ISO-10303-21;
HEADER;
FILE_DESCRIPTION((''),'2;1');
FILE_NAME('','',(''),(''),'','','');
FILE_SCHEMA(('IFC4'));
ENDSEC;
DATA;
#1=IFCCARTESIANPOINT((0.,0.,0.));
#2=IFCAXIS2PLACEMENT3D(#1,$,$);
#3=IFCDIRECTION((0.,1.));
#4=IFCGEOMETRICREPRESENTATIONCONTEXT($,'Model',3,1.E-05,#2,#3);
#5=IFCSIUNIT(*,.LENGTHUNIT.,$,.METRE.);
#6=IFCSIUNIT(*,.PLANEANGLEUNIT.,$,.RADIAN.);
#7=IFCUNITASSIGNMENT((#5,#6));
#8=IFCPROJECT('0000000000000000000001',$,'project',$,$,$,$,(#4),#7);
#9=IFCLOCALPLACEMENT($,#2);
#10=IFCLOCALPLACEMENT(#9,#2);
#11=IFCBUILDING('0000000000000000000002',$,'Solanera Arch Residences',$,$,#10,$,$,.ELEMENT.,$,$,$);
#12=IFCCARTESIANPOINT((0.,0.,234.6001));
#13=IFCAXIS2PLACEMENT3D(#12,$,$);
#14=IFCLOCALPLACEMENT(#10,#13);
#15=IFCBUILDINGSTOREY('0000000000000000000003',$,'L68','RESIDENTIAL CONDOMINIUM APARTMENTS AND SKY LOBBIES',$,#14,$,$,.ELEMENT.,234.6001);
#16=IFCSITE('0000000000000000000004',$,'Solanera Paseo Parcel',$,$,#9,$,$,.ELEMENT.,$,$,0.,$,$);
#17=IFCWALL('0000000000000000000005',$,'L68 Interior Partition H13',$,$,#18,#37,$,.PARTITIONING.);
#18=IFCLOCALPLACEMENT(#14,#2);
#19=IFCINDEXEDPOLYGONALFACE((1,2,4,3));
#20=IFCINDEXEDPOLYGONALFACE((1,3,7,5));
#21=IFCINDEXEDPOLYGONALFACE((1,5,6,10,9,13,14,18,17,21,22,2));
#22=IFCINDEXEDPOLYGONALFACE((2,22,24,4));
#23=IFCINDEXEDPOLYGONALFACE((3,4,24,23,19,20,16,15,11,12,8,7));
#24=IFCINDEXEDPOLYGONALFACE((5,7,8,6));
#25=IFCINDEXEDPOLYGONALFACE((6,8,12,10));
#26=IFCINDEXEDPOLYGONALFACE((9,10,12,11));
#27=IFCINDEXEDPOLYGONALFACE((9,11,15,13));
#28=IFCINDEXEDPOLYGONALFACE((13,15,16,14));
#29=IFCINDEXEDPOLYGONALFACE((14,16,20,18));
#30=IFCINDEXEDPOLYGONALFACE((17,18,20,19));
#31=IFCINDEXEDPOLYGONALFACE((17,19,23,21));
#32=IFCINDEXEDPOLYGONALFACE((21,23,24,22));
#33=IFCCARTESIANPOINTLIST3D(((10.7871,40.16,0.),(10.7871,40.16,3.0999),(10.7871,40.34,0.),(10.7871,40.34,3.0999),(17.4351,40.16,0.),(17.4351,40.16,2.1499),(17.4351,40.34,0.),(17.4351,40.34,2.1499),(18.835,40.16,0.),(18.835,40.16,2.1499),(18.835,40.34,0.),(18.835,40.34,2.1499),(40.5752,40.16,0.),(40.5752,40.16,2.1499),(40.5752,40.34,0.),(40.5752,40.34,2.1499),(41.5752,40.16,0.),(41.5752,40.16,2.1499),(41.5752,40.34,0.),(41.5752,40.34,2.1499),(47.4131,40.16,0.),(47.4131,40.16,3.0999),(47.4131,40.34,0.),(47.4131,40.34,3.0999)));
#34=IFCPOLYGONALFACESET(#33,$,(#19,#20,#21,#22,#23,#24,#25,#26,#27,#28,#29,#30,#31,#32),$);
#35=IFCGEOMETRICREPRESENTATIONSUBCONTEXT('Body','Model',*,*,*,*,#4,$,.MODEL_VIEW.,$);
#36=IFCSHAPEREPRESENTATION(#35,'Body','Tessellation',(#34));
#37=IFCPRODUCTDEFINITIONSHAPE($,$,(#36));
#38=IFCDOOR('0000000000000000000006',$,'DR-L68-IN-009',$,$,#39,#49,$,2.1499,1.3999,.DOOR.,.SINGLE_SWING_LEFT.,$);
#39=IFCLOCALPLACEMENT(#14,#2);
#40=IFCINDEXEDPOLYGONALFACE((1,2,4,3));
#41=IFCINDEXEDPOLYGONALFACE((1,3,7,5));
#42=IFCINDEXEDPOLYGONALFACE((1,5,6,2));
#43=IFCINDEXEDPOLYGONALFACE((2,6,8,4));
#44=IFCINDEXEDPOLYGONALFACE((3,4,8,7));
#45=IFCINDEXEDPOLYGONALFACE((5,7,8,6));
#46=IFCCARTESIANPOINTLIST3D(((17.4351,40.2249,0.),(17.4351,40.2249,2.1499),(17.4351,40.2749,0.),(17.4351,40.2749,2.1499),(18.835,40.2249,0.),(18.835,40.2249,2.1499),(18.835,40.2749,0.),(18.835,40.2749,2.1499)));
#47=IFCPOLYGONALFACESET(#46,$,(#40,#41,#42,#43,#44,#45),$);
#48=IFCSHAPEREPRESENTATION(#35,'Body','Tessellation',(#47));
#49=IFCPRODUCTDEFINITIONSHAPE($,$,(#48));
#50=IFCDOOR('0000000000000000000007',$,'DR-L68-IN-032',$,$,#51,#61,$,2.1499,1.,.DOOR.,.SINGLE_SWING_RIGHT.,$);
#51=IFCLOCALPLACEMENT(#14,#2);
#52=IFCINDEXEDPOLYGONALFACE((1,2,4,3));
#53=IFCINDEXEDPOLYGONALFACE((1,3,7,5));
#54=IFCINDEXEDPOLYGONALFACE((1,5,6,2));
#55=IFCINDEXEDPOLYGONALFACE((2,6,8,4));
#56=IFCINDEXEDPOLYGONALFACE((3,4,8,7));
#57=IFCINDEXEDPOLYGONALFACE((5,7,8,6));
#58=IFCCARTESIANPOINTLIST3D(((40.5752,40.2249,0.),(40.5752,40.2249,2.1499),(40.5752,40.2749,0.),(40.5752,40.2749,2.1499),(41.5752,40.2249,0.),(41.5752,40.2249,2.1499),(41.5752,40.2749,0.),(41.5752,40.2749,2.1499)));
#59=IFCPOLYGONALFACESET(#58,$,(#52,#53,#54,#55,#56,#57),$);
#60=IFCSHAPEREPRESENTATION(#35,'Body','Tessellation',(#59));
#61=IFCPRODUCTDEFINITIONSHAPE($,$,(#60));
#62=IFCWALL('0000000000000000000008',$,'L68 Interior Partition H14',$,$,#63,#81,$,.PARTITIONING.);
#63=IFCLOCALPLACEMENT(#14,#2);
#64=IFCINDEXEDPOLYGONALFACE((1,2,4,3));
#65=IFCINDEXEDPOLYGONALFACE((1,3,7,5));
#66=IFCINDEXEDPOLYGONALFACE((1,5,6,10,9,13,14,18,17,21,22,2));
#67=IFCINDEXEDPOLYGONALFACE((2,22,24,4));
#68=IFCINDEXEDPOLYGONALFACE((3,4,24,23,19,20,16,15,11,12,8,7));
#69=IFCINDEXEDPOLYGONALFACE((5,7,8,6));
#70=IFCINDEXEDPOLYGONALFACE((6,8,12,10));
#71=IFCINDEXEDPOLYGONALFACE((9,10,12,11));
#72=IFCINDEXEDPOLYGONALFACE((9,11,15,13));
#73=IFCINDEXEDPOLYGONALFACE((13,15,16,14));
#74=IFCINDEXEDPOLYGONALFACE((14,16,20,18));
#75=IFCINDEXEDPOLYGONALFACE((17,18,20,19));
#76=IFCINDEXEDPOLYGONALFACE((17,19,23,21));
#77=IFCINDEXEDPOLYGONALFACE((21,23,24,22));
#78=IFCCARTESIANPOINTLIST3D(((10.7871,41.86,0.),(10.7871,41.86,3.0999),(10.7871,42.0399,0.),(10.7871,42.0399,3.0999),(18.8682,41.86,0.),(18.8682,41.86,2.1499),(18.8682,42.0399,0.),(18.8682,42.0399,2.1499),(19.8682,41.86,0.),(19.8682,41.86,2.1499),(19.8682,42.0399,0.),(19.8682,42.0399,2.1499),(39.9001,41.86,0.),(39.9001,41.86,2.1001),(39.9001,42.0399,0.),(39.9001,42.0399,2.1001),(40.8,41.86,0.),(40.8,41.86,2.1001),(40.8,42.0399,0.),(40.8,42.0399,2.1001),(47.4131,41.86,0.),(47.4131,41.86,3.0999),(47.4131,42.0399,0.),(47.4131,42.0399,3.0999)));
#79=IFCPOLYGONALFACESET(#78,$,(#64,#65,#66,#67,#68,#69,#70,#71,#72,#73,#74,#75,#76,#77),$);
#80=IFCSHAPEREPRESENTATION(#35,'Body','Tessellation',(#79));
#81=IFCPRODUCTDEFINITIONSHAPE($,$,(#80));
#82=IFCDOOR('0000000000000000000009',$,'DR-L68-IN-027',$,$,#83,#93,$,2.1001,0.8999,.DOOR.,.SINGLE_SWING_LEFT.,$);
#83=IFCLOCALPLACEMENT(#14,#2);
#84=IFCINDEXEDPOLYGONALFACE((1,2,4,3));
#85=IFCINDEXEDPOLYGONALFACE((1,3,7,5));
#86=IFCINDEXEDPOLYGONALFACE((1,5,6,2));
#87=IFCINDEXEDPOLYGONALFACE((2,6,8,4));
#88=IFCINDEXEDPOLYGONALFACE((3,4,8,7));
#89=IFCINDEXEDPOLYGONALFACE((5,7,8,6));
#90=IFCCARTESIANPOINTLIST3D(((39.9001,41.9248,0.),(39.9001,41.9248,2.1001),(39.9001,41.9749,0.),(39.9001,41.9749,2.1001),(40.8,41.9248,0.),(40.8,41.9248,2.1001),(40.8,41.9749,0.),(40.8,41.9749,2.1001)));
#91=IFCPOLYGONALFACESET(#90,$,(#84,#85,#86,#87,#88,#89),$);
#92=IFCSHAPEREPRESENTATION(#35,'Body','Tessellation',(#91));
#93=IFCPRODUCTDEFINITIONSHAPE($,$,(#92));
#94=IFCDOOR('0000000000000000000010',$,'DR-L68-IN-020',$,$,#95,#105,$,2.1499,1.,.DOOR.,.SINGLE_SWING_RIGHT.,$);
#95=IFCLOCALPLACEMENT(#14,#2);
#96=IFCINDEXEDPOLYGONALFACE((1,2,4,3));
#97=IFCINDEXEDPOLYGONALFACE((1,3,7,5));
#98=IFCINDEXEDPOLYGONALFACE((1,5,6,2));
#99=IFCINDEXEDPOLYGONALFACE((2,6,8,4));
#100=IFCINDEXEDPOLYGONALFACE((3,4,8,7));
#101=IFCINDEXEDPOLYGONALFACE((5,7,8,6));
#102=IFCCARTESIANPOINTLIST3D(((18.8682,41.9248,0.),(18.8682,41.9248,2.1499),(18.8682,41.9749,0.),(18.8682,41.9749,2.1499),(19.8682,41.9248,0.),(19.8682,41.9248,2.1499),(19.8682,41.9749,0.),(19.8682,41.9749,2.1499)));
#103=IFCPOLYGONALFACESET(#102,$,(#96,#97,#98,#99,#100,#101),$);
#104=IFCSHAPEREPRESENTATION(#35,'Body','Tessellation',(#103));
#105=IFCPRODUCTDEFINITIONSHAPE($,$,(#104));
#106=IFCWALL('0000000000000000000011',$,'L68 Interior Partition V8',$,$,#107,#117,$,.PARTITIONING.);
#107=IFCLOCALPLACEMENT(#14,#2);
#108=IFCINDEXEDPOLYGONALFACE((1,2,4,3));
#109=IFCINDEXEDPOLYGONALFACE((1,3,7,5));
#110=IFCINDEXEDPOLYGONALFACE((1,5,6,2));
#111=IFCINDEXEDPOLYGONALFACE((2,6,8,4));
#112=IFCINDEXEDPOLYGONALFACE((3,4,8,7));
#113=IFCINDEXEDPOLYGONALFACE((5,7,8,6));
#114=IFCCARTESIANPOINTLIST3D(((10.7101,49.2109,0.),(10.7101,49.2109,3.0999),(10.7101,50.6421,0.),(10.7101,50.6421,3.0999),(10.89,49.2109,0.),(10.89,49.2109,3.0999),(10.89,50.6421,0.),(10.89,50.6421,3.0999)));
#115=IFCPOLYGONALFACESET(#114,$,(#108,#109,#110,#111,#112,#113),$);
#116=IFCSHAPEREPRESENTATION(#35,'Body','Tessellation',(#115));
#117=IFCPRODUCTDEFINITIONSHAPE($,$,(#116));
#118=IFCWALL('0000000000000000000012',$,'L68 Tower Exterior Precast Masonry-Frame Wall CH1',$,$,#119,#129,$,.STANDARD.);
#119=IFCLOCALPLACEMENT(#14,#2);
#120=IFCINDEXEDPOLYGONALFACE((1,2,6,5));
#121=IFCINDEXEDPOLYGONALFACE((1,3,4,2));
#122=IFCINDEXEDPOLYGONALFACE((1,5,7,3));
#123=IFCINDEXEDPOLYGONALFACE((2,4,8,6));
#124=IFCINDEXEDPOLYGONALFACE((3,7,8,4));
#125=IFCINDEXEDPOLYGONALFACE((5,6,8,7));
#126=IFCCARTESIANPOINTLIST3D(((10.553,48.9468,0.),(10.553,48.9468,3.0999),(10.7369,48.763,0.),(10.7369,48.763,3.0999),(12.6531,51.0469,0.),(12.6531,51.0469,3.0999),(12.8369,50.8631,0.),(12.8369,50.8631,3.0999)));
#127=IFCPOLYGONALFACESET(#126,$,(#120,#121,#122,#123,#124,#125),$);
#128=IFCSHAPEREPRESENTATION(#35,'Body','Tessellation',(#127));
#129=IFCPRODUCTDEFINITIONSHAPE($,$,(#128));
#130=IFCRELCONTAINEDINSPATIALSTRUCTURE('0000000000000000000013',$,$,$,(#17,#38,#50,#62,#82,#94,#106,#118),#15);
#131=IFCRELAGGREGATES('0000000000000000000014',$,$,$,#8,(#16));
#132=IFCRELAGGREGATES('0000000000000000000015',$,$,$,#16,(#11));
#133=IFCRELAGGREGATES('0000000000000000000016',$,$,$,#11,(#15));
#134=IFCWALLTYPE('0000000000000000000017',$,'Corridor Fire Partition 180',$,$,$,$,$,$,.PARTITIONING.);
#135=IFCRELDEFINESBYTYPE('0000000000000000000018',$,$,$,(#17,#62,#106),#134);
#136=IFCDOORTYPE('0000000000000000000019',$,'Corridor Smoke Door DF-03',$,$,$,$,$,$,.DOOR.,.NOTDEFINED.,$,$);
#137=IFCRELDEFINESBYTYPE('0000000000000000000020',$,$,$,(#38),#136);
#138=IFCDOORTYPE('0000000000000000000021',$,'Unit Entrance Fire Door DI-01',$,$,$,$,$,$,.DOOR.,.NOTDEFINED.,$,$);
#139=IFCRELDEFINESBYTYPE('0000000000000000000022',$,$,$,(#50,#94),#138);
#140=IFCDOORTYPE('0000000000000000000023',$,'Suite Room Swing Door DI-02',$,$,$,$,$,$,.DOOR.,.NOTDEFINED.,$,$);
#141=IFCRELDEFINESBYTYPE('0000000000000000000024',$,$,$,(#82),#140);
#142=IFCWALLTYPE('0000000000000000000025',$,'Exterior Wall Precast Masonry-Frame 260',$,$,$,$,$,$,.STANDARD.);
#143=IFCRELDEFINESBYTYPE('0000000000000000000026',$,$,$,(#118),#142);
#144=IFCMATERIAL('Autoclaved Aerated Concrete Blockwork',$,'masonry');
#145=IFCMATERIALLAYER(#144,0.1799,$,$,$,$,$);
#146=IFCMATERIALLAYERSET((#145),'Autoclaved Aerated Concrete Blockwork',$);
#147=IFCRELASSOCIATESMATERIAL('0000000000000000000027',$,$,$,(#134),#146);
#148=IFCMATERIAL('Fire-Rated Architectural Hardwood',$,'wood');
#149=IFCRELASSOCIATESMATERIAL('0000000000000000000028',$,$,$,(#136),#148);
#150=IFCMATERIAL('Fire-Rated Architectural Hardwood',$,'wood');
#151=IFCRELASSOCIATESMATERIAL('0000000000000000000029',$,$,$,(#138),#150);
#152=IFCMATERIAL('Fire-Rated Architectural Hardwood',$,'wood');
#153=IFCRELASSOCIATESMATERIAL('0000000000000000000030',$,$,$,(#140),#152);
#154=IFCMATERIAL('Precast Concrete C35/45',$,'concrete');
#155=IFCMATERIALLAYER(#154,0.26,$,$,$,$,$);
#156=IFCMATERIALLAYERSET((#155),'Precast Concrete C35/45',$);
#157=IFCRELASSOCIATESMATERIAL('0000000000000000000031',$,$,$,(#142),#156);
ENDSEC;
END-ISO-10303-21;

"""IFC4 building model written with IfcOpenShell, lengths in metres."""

from ifc_helpers import new_model, si_unit, direction, frame, frame_2d, origin, place, context, subcontext, project, spatial, rectangle, extrude, material, layer, layer_set, type_object, element, fill, save


model = new_model("IFC4")

# Units and contexts
model_context = context("Model", 3, precision=1e-05, world=origin(), true_north=direction((0.0, 1.0)))
body_context = subcontext(model_context, "Body", "Model", "MODEL_VIEW")
ifc_project = project(units=[si_unit("LENGTHUNIT", "METRE"), si_unit("PLANEANGLEUNIT", "RADIAN")], contexts=[model_context])

# Site, building, storey
site_placement = place(None, origin())
site = spatial("IfcSite", under=ifc_project, at=site_placement, Name="Solanera Paseo Parcel", CompositionType="ELEMENT", RefElevation=0.0)
building_placement = place(site_placement, origin())
building = spatial("IfcBuilding", under=site, at=building_placement, Name="Solanera Arch Residences", CompositionType="ELEMENT")
storey_placement = place(building_placement, frame((0.0, 0.0, 234.6001)))
storey = spatial("IfcBuildingStorey", under=building, at=storey_placement, Name="L68", Description="RESIDENTIAL CONDOMINIUM APARTMENTS AND SKY LOBBIES", CompositionType="ELEMENT", Elevation=234.6001)

# Walls, openings, doors
ifc_material_1 = material(Name="Autoclaved Aerated Concrete Blockwork", Category="masonry")
ifc_layer_1 = layer(ifc_material_1, 0.1799)
ifc_layer_set_1 = layer_set([ifc_layer_1], Name="Autoclaved Aerated Concrete Blockwork")
wall_type_1 = type_object("IfcWallType", Name="Corridor Fire Partition 180", PredefinedType="PARTITIONING", material=ifc_layer_set_1)
wall_1_placement = place(storey_placement, frame((10.7871, 40.25, 0.0), z_axis=(0.0, 0.0, 1.0), x_axis=(1.0, 0.0, 0.0)))
wall_1 = element("IfcWall", 1, at=wall_1_placement, inside=storey, type_object=wall_type_1, Name="L68 Interior Partition H13", PredefinedType="PARTITIONING", context=body_context, shape_type="SweptSolid", body=[
    extrude(rectangle(XDim=36.626, YDim=0.1799, at=frame_2d((18.313, 0.0))), origin(), (0.0, 0.0, 1.0), 3.0999),
])
opening_1_placement = place(wall_1_placement, frame((6.6479, 0.0, 0.0)))
opening_1 = element("IfcOpeningElement", 2, at=opening_1_placement, cuts=wall_1, PredefinedType="OPENING", context=body_context, shape_type="SweptSolid", body=[
    extrude(rectangle(XDim=1.3999, YDim=2.1499, at=frame_2d((0.7, 1.075))), frame((0.0, 0.1001, 0.0), z_axis=(0.0, -1.0, 0.0), x_axis=(1.0, 0.0, 0.0)), (0.0, 0.0, 1.0), 0.1999),
])
opening_2_placement = place(wall_1_placement, frame((29.7881, 0.0, 0.0)))
opening_2 = element("IfcOpeningElement", 3, at=opening_2_placement, cuts=wall_1, PredefinedType="OPENING", context=body_context, shape_type="SweptSolid", body=[
    extrude(rectangle(XDim=1.0, YDim=2.1499, at=frame_2d((0.5, 1.075))), frame((0.0, 0.1001, 0.0), z_axis=(0.0, -1.0, 0.0), x_axis=(1.0, 0.0, 0.0)), (0.0, 0.0, 1.0), 0.1999),
])
ifc_material_2 = material(Name="Fire-Rated Architectural Hardwood", Category="wood")
door_type_1 = type_object("IfcDoorType", Name="Corridor Smoke Door DF-03", OperationType="NOTDEFINED", PredefinedType="DOOR", material=ifc_material_2)
door_1_placement = place(opening_1_placement, origin())
door_1 = element("IfcDoor", 4, at=door_1_placement, inside=storey, type_object=door_type_1, Name="DR-L68-IN-009", OperationType="SINGLE_SWING_LEFT", OverallHeight=2.1499, OverallWidth=1.3999, PredefinedType="DOOR", context=body_context, shape_type="SweptSolid", body=[
    extrude(rectangle(XDim=1.3999, YDim=2.1499, at=frame_2d((0.7, 1.075))), frame((0.0, 0.0249, 0.0), z_axis=(0.0, -1.0, 0.0), x_axis=(1.0, 0.0, 0.0)), (0.0, 0.0, 1.0), 0.05),
])
fill(opening_1, door_1)
ifc_material_3 = material(Name="Fire-Rated Architectural Hardwood", Category="wood")
door_type_2 = type_object("IfcDoorType", Name="Unit Entrance Fire Door DI-01", OperationType="NOTDEFINED", PredefinedType="DOOR", material=ifc_material_3)
door_2_placement = place(opening_2_placement, origin())
door_2 = element("IfcDoor", 5, at=door_2_placement, inside=storey, type_object=door_type_2, Name="DR-L68-IN-032", OperationType="SINGLE_SWING_RIGHT", OverallHeight=2.1499, OverallWidth=1.0, PredefinedType="DOOR", context=body_context, shape_type="SweptSolid", body=[
    extrude(rectangle(XDim=1.0, YDim=2.1499, at=frame_2d((0.5, 1.075))), frame((0.0, 0.0249, 0.0), z_axis=(0.0, -1.0, 0.0), x_axis=(1.0, 0.0, 0.0)), (0.0, 0.0, 1.0), 0.05),
])
fill(opening_2, door_2)
wall_2_placement = place(storey_placement, frame((10.7871, 41.95, 0.0), z_axis=(0.0, 0.0, 1.0), x_axis=(1.0, 0.0, 0.0)))
wall_2 = element("IfcWall", 6, at=wall_2_placement, inside=storey, type_object=wall_type_1, Name="L68 Interior Partition H14", PredefinedType="PARTITIONING", context=body_context, shape_type="SweptSolid", body=[
    extrude(rectangle(XDim=36.626, YDim=0.1799, at=frame_2d((18.313, 0.0))), origin(), (0.0, 0.0, 1.0), 3.0999),
])
opening_3_placement = place(wall_2_placement, frame((8.0811, 0.0, 0.0)))
opening_3 = element("IfcOpeningElement", 7, at=opening_3_placement, cuts=wall_2, PredefinedType="OPENING", context=body_context, shape_type="SweptSolid", body=[
    extrude(rectangle(XDim=1.0, YDim=2.1499, at=frame_2d((0.5, 1.075))), frame((0.0, 0.1001, 0.0), z_axis=(0.0, -1.0, 0.0), x_axis=(1.0, 0.0, 0.0)), (0.0, 0.0, 1.0), 0.1999),
])
opening_4_placement = place(wall_2_placement, frame((29.113, 0.0, 0.0)))
opening_4 = element("IfcOpeningElement", 8, at=opening_4_placement, cuts=wall_2, PredefinedType="OPENING", context=body_context, shape_type="SweptSolid", body=[
    extrude(rectangle(XDim=0.8999, YDim=2.1001, at=frame_2d((0.45, 1.05))), frame((0.0, 0.1001, 0.0), z_axis=(0.0, -1.0, 0.0), x_axis=(1.0, 0.0, 0.0)), (0.0, 0.0, 1.0), 0.1999),
])
ifc_material_4 = material(Name="Fire-Rated Architectural Hardwood", Category="wood")
door_type_3 = type_object("IfcDoorType", Name="Suite Room Swing Door DI-02", OperationType="NOTDEFINED", PredefinedType="DOOR", material=ifc_material_4)
door_3_placement = place(opening_4_placement, origin())
door_3 = element("IfcDoor", 9, at=door_3_placement, inside=storey, type_object=door_type_3, Name="DR-L68-IN-027", OperationType="SINGLE_SWING_LEFT", OverallHeight=2.1001, OverallWidth=0.8999, PredefinedType="DOOR", context=body_context, shape_type="SweptSolid", body=[
    extrude(rectangle(XDim=0.8999, YDim=2.1001, at=frame_2d((0.45, 1.05))), frame((0.0, 0.0249, 0.0), z_axis=(0.0, -1.0, 0.0), x_axis=(1.0, 0.0, 0.0)), (0.0, 0.0, 1.0), 0.05),
])
fill(opening_4, door_3)
door_4_placement = place(opening_3_placement, origin())
door_4 = element("IfcDoor", 10, at=door_4_placement, inside=storey, type_object=door_type_2, Name="DR-L68-IN-020", OperationType="SINGLE_SWING_RIGHT", OverallHeight=2.1499, OverallWidth=1.0, PredefinedType="DOOR", context=body_context, shape_type="SweptSolid", body=[
    extrude(rectangle(XDim=1.0, YDim=2.1499, at=frame_2d((0.5, 1.075))), frame((0.0, 0.0249, 0.0), z_axis=(0.0, -1.0, 0.0), x_axis=(1.0, 0.0, 0.0)), (0.0, 0.0, 1.0), 0.05),
])
fill(opening_3, door_4)

# Walls
wall_3_placement = place(storey_placement, frame((10.8, 49.2109, 0.0), z_axis=(0.0, 0.0, 1.0), x_axis=(0.0, 1.0, 0.0)))
element("IfcWall", 11, at=wall_3_placement, inside=storey, type_object=wall_type_1, Name="L68 Interior Partition V8", PredefinedType="PARTITIONING", context=body_context, shape_type="SweptSolid", body=[
    extrude(rectangle(XDim=1.4312, YDim=0.1799, at=frame_2d((0.7156, 0.0))), origin(), (0.0, 0.0, 1.0), 3.0999),
])
ifc_material_5 = material(Name="Precast Concrete C35/45", Category="concrete")
ifc_layer_2 = layer(ifc_material_5, 0.26)
ifc_layer_set_2 = layer_set([ifc_layer_2], Name="Precast Concrete C35/45")
wall_type_2 = type_object("IfcWallType", Name="Exterior Wall Precast Masonry-Frame 260", PredefinedType="STANDARD", material=ifc_layer_set_2)
wall_4_placement = place(storey_placement, frame((10.645, 48.855, 0.0), z_axis=(0.0, 0.0, 1.0), x_axis=(0.707107, 0.707107, 0.0)))
element("IfcWall", 12, at=wall_4_placement, inside=storey, type_object=wall_type_2, Name="L68 Tower Exterior Precast Masonry-Frame Wall CH1", PredefinedType="STANDARD", context=body_context, shape_type="SweptSolid", body=[
    extrude(rectangle(XDim=2.97, YDim=0.26, at=frame_2d((1.4849, 0.0))), origin(), (0.0, 0.0, 1.0), 3.0999),
])

save(model, "model.ifc")
